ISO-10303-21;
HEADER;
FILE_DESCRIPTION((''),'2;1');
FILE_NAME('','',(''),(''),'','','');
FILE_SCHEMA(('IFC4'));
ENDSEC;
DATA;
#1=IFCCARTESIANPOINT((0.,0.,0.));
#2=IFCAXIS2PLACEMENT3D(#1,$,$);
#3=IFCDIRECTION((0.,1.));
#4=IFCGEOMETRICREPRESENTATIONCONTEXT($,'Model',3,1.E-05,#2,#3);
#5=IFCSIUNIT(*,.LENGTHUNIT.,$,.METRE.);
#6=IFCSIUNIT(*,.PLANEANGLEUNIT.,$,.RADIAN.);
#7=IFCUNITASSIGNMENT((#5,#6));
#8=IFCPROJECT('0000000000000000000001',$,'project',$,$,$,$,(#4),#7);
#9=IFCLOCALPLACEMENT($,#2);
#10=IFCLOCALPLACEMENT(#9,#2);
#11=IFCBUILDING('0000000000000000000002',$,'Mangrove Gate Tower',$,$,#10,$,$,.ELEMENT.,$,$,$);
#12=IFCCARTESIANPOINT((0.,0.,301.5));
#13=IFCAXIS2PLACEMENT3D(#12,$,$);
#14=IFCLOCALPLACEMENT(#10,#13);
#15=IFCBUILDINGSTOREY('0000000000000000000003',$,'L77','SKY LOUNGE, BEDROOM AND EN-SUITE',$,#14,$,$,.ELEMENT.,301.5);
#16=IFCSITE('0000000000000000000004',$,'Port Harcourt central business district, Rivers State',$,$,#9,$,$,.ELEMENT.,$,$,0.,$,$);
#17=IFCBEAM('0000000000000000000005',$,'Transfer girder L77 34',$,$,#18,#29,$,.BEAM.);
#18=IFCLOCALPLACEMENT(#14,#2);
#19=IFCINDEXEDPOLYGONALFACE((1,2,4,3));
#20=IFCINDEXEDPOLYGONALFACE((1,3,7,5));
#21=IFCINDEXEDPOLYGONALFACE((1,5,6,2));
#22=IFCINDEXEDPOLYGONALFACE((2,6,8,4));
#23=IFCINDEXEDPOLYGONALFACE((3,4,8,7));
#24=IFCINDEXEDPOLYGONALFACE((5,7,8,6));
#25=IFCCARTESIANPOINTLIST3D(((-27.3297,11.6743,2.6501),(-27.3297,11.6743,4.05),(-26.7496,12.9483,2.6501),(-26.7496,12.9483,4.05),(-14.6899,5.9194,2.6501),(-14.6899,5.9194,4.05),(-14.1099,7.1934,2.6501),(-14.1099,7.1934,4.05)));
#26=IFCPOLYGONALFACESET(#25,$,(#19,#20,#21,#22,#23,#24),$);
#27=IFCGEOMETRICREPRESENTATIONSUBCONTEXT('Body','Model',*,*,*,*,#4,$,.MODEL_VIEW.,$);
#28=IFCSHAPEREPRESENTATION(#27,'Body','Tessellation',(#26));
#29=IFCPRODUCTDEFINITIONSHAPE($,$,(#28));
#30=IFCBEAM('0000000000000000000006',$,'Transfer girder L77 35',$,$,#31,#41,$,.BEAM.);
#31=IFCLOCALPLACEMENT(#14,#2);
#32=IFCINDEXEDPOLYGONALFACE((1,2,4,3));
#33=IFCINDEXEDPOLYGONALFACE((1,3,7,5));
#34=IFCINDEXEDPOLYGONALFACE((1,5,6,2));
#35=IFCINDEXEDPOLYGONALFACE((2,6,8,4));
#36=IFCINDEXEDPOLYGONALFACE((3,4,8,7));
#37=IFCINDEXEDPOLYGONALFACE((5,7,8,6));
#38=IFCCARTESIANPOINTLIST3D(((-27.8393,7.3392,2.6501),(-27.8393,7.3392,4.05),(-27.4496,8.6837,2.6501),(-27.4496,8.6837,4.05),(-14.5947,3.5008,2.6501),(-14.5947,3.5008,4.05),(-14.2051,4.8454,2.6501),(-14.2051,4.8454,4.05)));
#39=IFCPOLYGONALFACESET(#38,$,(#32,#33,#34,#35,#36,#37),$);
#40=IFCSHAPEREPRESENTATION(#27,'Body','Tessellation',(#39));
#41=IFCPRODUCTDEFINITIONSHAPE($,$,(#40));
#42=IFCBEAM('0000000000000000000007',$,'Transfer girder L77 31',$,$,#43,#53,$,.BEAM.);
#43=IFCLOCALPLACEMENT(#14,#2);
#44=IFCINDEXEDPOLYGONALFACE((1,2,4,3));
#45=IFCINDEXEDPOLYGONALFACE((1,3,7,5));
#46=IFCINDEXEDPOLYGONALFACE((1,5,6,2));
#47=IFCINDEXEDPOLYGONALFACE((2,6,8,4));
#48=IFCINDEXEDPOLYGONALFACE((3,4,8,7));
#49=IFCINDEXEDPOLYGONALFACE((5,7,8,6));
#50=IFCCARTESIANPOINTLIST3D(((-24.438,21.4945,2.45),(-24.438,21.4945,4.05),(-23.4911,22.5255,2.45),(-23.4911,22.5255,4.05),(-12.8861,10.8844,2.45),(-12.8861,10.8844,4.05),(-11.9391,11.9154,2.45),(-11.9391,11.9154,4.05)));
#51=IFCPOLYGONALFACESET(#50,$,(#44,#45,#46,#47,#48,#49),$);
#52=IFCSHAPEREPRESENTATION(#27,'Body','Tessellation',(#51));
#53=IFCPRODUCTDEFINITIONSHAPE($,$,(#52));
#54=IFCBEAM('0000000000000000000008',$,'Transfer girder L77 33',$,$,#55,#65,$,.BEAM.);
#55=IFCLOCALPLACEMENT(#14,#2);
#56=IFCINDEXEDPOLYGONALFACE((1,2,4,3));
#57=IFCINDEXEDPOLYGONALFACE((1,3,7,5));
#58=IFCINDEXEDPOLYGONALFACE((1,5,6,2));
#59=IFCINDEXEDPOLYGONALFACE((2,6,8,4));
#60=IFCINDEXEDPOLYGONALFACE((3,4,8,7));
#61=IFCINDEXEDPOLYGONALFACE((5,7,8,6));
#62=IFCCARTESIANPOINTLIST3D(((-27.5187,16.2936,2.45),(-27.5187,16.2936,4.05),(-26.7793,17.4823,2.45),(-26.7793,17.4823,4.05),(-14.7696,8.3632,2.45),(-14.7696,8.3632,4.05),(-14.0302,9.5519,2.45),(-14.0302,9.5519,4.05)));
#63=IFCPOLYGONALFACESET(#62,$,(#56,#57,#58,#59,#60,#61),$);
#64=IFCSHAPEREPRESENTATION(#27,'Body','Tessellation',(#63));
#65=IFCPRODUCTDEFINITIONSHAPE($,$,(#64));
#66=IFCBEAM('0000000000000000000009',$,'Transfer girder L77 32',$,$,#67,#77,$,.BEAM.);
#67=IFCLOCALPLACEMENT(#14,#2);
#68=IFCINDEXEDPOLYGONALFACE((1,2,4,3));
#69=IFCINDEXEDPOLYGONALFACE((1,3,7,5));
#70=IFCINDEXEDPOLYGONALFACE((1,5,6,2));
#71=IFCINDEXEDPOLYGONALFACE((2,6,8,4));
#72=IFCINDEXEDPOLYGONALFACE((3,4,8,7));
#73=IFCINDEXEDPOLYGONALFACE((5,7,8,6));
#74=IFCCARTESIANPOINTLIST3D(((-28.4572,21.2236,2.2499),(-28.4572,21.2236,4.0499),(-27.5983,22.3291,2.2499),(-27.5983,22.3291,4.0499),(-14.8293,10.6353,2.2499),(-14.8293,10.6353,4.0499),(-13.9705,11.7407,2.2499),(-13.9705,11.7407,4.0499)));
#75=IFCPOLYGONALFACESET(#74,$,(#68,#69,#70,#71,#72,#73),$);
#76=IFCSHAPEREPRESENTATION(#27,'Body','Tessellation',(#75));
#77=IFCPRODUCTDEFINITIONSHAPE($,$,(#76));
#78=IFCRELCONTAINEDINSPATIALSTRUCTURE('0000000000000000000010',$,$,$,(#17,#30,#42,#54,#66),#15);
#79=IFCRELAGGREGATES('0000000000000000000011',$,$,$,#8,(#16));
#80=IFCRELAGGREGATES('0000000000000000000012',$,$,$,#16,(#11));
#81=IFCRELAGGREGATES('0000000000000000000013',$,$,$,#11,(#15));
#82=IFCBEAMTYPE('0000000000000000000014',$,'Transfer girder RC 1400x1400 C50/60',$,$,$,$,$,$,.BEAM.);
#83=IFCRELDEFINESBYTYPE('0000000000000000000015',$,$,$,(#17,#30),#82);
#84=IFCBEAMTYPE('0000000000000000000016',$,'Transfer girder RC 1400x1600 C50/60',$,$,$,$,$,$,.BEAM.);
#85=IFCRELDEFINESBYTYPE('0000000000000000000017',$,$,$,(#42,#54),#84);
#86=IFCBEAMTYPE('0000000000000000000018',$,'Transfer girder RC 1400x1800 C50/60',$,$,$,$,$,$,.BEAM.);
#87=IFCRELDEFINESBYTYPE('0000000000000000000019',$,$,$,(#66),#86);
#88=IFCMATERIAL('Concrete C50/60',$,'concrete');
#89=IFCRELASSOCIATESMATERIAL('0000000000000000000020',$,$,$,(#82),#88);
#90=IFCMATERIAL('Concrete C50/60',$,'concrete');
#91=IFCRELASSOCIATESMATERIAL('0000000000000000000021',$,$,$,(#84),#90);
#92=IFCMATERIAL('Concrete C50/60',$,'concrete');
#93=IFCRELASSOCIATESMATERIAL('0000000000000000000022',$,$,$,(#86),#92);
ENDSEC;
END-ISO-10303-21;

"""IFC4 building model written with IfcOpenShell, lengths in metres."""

from ifc_helpers import new_model, si_unit, direction, frame, origin, origin_2d, place, context, subcontext, project, spatial, rectangle, extrude, material, material_profile, profile_set, type_object, element, save


model = new_model("IFC4")

# Units and contexts
model_context = context("Model", 3, precision=1e-05, world=origin(), true_north=direction((0.0, 1.0)))
body_context = subcontext(model_context, "Body", "Model", "MODEL_VIEW")
ifc_project = project(units=[si_unit("LENGTHUNIT", "METRE"), si_unit("PLANEANGLEUNIT", "RADIAN")], contexts=[model_context])

# Site, building, storey
site_placement = place(None, origin())
site = spatial("IfcSite", under=ifc_project, at=site_placement, Name="Port Harcourt central business district, Rivers State", CompositionType="ELEMENT", RefElevation=0.0)
building_placement = place(site_placement, origin())
building = spatial("IfcBuilding", under=site, at=building_placement, Name="Mangrove Gate Tower", CompositionType="ELEMENT")
storey_placement = place(building_placement, frame((0.0, 0.0, 301.5)))
storey = spatial("IfcBuildingStorey", under=building, at=storey_placement, Name="L77", Description="SKY LOUNGE, BEDROOM AND EN-SUITE", CompositionType="ELEMENT", Elevation=301.5)

# Beams
ifc_material_1 = material(Name="Concrete C50/60", Category="concrete")
ifc_material_profile_1 = material_profile(ifc_material_1, rectangle(XDim=1.3999, YDim=1.3999, at=origin_2d()))
ifc_profile_set_1 = profile_set([ifc_material_profile_1], Name="Concrete C50/60")
beam_type_1 = type_object("IfcBeamType", Name="Transfer girder RC 1400x1400 C50/60", PredefinedType="BEAM", material=ifc_profile_set_1)
beam_1_placement = place(storey_placement, frame((-14.3999, 6.5564, 3.3501), z_axis=(-0.910106, 0.414375, 0.0), x_axis=(-0.414375, -0.910106, 0.0)))
element("IfcBeam", 1, at=beam_1_placement, inside=storey, type_object=beam_type_1, Name="Transfer girder L77 34", PredefinedType="BEAM", context=body_context, shape_type="SweptSolid", body=[
    extrude(rectangle(XDim=1.3999, YDim=1.3999, at=origin_2d()), origin(), (0.0, 0.0, 1.0), 13.8882),
])
beam_2_placement = place(storey_placement, frame((-14.3999, 4.1731, 3.3501), z_axis=(-0.960479, 0.278353, 0.0), x_axis=(-0.278353, -0.960479, 0.0)))
element("IfcBeam", 2, at=beam_2_placement, inside=storey, type_object=beam_type_1, Name="Transfer girder L77 35", PredefinedType="BEAM", context=body_context, shape_type="SweptSolid", body=[
    extrude(rectangle(XDim=1.3999, YDim=1.3999, at=origin_2d()), origin(), (0.0, 0.0, 1.0), 13.7896),
])
ifc_material_2 = material(Name="Concrete C50/60", Category="concrete")
ifc_material_profile_2 = material_profile(ifc_material_2, rectangle(XDim=1.3999, YDim=1.6001, at=origin_2d()))
ifc_profile_set_2 = profile_set([ifc_material_profile_2], Name="Concrete C50/60")
beam_type_2 = type_object("IfcBeamType", Name="Transfer girder RC 1400x1600 C50/60", PredefinedType="BEAM", material=ifc_profile_set_2)
beam_3_placement = place(storey_placement, frame((-12.4126, 11.3999, 3.25), z_axis=(-0.736494, 0.676444, 0.0), x_axis=(-0.676444, -0.736494, 0.0)))
element("IfcBeam", 3, at=beam_3_placement, inside=storey, type_object=beam_type_2, Name="Transfer girder L77 31", PredefinedType="BEAM", context=body_context, shape_type="SweptSolid", body=[
    extrude(rectangle(XDim=1.3999, YDim=1.6001, at=origin_2d()), origin(), (0.0, 0.0, 1.0), 15.6851),
])
beam_4_placement = place(storey_placement, frame((-14.3999, 8.9575, 3.25), z_axis=(-0.849125, 0.528191, 0.0), x_axis=(-0.528191, -0.849125, 0.0)))
element("IfcBeam", 4, at=beam_4_placement, inside=storey, type_object=beam_type_2, Name="Transfer girder L77 33", PredefinedType="BEAM", context=body_context, shape_type="SweptSolid", body=[
    extrude(rectangle(XDim=1.3999, YDim=1.6001, at=origin_2d()), origin(), (0.0, 0.0, 1.0), 15.0144),
])
ifc_material_3 = material(Name="Concrete C50/60", Category="concrete")
ifc_material_profile_3 = material_profile(ifc_material_3, rectangle(XDim=1.3999, YDim=1.8, at=origin_2d()))
ifc_profile_set_3 = profile_set([ifc_material_profile_3], Name="Concrete C50/60")
beam_type_3 = type_object("IfcBeamType", Name="Transfer girder RC 1400x1800 C50/60", PredefinedType="BEAM", material=ifc_profile_set_3)
beam_5_placement = place(storey_placement, frame((-14.3999, 11.188, 3.1499), z_axis=(-0.789664, 0.613539, 0.0), x_axis=(-0.613539, -0.789664, 0.0)))
element("IfcBeam", 5, at=beam_5_placement, inside=storey, type_object=beam_type_3, Name="Transfer girder L77 32", PredefinedType="BEAM", context=body_context, shape_type="SweptSolid", body=[
    extrude(rectangle(XDim=1.3999, YDim=1.8, at=origin_2d()), origin(), (0.0, 0.0, 1.0), 17.2578),
])

save(model, "model.ifc")
